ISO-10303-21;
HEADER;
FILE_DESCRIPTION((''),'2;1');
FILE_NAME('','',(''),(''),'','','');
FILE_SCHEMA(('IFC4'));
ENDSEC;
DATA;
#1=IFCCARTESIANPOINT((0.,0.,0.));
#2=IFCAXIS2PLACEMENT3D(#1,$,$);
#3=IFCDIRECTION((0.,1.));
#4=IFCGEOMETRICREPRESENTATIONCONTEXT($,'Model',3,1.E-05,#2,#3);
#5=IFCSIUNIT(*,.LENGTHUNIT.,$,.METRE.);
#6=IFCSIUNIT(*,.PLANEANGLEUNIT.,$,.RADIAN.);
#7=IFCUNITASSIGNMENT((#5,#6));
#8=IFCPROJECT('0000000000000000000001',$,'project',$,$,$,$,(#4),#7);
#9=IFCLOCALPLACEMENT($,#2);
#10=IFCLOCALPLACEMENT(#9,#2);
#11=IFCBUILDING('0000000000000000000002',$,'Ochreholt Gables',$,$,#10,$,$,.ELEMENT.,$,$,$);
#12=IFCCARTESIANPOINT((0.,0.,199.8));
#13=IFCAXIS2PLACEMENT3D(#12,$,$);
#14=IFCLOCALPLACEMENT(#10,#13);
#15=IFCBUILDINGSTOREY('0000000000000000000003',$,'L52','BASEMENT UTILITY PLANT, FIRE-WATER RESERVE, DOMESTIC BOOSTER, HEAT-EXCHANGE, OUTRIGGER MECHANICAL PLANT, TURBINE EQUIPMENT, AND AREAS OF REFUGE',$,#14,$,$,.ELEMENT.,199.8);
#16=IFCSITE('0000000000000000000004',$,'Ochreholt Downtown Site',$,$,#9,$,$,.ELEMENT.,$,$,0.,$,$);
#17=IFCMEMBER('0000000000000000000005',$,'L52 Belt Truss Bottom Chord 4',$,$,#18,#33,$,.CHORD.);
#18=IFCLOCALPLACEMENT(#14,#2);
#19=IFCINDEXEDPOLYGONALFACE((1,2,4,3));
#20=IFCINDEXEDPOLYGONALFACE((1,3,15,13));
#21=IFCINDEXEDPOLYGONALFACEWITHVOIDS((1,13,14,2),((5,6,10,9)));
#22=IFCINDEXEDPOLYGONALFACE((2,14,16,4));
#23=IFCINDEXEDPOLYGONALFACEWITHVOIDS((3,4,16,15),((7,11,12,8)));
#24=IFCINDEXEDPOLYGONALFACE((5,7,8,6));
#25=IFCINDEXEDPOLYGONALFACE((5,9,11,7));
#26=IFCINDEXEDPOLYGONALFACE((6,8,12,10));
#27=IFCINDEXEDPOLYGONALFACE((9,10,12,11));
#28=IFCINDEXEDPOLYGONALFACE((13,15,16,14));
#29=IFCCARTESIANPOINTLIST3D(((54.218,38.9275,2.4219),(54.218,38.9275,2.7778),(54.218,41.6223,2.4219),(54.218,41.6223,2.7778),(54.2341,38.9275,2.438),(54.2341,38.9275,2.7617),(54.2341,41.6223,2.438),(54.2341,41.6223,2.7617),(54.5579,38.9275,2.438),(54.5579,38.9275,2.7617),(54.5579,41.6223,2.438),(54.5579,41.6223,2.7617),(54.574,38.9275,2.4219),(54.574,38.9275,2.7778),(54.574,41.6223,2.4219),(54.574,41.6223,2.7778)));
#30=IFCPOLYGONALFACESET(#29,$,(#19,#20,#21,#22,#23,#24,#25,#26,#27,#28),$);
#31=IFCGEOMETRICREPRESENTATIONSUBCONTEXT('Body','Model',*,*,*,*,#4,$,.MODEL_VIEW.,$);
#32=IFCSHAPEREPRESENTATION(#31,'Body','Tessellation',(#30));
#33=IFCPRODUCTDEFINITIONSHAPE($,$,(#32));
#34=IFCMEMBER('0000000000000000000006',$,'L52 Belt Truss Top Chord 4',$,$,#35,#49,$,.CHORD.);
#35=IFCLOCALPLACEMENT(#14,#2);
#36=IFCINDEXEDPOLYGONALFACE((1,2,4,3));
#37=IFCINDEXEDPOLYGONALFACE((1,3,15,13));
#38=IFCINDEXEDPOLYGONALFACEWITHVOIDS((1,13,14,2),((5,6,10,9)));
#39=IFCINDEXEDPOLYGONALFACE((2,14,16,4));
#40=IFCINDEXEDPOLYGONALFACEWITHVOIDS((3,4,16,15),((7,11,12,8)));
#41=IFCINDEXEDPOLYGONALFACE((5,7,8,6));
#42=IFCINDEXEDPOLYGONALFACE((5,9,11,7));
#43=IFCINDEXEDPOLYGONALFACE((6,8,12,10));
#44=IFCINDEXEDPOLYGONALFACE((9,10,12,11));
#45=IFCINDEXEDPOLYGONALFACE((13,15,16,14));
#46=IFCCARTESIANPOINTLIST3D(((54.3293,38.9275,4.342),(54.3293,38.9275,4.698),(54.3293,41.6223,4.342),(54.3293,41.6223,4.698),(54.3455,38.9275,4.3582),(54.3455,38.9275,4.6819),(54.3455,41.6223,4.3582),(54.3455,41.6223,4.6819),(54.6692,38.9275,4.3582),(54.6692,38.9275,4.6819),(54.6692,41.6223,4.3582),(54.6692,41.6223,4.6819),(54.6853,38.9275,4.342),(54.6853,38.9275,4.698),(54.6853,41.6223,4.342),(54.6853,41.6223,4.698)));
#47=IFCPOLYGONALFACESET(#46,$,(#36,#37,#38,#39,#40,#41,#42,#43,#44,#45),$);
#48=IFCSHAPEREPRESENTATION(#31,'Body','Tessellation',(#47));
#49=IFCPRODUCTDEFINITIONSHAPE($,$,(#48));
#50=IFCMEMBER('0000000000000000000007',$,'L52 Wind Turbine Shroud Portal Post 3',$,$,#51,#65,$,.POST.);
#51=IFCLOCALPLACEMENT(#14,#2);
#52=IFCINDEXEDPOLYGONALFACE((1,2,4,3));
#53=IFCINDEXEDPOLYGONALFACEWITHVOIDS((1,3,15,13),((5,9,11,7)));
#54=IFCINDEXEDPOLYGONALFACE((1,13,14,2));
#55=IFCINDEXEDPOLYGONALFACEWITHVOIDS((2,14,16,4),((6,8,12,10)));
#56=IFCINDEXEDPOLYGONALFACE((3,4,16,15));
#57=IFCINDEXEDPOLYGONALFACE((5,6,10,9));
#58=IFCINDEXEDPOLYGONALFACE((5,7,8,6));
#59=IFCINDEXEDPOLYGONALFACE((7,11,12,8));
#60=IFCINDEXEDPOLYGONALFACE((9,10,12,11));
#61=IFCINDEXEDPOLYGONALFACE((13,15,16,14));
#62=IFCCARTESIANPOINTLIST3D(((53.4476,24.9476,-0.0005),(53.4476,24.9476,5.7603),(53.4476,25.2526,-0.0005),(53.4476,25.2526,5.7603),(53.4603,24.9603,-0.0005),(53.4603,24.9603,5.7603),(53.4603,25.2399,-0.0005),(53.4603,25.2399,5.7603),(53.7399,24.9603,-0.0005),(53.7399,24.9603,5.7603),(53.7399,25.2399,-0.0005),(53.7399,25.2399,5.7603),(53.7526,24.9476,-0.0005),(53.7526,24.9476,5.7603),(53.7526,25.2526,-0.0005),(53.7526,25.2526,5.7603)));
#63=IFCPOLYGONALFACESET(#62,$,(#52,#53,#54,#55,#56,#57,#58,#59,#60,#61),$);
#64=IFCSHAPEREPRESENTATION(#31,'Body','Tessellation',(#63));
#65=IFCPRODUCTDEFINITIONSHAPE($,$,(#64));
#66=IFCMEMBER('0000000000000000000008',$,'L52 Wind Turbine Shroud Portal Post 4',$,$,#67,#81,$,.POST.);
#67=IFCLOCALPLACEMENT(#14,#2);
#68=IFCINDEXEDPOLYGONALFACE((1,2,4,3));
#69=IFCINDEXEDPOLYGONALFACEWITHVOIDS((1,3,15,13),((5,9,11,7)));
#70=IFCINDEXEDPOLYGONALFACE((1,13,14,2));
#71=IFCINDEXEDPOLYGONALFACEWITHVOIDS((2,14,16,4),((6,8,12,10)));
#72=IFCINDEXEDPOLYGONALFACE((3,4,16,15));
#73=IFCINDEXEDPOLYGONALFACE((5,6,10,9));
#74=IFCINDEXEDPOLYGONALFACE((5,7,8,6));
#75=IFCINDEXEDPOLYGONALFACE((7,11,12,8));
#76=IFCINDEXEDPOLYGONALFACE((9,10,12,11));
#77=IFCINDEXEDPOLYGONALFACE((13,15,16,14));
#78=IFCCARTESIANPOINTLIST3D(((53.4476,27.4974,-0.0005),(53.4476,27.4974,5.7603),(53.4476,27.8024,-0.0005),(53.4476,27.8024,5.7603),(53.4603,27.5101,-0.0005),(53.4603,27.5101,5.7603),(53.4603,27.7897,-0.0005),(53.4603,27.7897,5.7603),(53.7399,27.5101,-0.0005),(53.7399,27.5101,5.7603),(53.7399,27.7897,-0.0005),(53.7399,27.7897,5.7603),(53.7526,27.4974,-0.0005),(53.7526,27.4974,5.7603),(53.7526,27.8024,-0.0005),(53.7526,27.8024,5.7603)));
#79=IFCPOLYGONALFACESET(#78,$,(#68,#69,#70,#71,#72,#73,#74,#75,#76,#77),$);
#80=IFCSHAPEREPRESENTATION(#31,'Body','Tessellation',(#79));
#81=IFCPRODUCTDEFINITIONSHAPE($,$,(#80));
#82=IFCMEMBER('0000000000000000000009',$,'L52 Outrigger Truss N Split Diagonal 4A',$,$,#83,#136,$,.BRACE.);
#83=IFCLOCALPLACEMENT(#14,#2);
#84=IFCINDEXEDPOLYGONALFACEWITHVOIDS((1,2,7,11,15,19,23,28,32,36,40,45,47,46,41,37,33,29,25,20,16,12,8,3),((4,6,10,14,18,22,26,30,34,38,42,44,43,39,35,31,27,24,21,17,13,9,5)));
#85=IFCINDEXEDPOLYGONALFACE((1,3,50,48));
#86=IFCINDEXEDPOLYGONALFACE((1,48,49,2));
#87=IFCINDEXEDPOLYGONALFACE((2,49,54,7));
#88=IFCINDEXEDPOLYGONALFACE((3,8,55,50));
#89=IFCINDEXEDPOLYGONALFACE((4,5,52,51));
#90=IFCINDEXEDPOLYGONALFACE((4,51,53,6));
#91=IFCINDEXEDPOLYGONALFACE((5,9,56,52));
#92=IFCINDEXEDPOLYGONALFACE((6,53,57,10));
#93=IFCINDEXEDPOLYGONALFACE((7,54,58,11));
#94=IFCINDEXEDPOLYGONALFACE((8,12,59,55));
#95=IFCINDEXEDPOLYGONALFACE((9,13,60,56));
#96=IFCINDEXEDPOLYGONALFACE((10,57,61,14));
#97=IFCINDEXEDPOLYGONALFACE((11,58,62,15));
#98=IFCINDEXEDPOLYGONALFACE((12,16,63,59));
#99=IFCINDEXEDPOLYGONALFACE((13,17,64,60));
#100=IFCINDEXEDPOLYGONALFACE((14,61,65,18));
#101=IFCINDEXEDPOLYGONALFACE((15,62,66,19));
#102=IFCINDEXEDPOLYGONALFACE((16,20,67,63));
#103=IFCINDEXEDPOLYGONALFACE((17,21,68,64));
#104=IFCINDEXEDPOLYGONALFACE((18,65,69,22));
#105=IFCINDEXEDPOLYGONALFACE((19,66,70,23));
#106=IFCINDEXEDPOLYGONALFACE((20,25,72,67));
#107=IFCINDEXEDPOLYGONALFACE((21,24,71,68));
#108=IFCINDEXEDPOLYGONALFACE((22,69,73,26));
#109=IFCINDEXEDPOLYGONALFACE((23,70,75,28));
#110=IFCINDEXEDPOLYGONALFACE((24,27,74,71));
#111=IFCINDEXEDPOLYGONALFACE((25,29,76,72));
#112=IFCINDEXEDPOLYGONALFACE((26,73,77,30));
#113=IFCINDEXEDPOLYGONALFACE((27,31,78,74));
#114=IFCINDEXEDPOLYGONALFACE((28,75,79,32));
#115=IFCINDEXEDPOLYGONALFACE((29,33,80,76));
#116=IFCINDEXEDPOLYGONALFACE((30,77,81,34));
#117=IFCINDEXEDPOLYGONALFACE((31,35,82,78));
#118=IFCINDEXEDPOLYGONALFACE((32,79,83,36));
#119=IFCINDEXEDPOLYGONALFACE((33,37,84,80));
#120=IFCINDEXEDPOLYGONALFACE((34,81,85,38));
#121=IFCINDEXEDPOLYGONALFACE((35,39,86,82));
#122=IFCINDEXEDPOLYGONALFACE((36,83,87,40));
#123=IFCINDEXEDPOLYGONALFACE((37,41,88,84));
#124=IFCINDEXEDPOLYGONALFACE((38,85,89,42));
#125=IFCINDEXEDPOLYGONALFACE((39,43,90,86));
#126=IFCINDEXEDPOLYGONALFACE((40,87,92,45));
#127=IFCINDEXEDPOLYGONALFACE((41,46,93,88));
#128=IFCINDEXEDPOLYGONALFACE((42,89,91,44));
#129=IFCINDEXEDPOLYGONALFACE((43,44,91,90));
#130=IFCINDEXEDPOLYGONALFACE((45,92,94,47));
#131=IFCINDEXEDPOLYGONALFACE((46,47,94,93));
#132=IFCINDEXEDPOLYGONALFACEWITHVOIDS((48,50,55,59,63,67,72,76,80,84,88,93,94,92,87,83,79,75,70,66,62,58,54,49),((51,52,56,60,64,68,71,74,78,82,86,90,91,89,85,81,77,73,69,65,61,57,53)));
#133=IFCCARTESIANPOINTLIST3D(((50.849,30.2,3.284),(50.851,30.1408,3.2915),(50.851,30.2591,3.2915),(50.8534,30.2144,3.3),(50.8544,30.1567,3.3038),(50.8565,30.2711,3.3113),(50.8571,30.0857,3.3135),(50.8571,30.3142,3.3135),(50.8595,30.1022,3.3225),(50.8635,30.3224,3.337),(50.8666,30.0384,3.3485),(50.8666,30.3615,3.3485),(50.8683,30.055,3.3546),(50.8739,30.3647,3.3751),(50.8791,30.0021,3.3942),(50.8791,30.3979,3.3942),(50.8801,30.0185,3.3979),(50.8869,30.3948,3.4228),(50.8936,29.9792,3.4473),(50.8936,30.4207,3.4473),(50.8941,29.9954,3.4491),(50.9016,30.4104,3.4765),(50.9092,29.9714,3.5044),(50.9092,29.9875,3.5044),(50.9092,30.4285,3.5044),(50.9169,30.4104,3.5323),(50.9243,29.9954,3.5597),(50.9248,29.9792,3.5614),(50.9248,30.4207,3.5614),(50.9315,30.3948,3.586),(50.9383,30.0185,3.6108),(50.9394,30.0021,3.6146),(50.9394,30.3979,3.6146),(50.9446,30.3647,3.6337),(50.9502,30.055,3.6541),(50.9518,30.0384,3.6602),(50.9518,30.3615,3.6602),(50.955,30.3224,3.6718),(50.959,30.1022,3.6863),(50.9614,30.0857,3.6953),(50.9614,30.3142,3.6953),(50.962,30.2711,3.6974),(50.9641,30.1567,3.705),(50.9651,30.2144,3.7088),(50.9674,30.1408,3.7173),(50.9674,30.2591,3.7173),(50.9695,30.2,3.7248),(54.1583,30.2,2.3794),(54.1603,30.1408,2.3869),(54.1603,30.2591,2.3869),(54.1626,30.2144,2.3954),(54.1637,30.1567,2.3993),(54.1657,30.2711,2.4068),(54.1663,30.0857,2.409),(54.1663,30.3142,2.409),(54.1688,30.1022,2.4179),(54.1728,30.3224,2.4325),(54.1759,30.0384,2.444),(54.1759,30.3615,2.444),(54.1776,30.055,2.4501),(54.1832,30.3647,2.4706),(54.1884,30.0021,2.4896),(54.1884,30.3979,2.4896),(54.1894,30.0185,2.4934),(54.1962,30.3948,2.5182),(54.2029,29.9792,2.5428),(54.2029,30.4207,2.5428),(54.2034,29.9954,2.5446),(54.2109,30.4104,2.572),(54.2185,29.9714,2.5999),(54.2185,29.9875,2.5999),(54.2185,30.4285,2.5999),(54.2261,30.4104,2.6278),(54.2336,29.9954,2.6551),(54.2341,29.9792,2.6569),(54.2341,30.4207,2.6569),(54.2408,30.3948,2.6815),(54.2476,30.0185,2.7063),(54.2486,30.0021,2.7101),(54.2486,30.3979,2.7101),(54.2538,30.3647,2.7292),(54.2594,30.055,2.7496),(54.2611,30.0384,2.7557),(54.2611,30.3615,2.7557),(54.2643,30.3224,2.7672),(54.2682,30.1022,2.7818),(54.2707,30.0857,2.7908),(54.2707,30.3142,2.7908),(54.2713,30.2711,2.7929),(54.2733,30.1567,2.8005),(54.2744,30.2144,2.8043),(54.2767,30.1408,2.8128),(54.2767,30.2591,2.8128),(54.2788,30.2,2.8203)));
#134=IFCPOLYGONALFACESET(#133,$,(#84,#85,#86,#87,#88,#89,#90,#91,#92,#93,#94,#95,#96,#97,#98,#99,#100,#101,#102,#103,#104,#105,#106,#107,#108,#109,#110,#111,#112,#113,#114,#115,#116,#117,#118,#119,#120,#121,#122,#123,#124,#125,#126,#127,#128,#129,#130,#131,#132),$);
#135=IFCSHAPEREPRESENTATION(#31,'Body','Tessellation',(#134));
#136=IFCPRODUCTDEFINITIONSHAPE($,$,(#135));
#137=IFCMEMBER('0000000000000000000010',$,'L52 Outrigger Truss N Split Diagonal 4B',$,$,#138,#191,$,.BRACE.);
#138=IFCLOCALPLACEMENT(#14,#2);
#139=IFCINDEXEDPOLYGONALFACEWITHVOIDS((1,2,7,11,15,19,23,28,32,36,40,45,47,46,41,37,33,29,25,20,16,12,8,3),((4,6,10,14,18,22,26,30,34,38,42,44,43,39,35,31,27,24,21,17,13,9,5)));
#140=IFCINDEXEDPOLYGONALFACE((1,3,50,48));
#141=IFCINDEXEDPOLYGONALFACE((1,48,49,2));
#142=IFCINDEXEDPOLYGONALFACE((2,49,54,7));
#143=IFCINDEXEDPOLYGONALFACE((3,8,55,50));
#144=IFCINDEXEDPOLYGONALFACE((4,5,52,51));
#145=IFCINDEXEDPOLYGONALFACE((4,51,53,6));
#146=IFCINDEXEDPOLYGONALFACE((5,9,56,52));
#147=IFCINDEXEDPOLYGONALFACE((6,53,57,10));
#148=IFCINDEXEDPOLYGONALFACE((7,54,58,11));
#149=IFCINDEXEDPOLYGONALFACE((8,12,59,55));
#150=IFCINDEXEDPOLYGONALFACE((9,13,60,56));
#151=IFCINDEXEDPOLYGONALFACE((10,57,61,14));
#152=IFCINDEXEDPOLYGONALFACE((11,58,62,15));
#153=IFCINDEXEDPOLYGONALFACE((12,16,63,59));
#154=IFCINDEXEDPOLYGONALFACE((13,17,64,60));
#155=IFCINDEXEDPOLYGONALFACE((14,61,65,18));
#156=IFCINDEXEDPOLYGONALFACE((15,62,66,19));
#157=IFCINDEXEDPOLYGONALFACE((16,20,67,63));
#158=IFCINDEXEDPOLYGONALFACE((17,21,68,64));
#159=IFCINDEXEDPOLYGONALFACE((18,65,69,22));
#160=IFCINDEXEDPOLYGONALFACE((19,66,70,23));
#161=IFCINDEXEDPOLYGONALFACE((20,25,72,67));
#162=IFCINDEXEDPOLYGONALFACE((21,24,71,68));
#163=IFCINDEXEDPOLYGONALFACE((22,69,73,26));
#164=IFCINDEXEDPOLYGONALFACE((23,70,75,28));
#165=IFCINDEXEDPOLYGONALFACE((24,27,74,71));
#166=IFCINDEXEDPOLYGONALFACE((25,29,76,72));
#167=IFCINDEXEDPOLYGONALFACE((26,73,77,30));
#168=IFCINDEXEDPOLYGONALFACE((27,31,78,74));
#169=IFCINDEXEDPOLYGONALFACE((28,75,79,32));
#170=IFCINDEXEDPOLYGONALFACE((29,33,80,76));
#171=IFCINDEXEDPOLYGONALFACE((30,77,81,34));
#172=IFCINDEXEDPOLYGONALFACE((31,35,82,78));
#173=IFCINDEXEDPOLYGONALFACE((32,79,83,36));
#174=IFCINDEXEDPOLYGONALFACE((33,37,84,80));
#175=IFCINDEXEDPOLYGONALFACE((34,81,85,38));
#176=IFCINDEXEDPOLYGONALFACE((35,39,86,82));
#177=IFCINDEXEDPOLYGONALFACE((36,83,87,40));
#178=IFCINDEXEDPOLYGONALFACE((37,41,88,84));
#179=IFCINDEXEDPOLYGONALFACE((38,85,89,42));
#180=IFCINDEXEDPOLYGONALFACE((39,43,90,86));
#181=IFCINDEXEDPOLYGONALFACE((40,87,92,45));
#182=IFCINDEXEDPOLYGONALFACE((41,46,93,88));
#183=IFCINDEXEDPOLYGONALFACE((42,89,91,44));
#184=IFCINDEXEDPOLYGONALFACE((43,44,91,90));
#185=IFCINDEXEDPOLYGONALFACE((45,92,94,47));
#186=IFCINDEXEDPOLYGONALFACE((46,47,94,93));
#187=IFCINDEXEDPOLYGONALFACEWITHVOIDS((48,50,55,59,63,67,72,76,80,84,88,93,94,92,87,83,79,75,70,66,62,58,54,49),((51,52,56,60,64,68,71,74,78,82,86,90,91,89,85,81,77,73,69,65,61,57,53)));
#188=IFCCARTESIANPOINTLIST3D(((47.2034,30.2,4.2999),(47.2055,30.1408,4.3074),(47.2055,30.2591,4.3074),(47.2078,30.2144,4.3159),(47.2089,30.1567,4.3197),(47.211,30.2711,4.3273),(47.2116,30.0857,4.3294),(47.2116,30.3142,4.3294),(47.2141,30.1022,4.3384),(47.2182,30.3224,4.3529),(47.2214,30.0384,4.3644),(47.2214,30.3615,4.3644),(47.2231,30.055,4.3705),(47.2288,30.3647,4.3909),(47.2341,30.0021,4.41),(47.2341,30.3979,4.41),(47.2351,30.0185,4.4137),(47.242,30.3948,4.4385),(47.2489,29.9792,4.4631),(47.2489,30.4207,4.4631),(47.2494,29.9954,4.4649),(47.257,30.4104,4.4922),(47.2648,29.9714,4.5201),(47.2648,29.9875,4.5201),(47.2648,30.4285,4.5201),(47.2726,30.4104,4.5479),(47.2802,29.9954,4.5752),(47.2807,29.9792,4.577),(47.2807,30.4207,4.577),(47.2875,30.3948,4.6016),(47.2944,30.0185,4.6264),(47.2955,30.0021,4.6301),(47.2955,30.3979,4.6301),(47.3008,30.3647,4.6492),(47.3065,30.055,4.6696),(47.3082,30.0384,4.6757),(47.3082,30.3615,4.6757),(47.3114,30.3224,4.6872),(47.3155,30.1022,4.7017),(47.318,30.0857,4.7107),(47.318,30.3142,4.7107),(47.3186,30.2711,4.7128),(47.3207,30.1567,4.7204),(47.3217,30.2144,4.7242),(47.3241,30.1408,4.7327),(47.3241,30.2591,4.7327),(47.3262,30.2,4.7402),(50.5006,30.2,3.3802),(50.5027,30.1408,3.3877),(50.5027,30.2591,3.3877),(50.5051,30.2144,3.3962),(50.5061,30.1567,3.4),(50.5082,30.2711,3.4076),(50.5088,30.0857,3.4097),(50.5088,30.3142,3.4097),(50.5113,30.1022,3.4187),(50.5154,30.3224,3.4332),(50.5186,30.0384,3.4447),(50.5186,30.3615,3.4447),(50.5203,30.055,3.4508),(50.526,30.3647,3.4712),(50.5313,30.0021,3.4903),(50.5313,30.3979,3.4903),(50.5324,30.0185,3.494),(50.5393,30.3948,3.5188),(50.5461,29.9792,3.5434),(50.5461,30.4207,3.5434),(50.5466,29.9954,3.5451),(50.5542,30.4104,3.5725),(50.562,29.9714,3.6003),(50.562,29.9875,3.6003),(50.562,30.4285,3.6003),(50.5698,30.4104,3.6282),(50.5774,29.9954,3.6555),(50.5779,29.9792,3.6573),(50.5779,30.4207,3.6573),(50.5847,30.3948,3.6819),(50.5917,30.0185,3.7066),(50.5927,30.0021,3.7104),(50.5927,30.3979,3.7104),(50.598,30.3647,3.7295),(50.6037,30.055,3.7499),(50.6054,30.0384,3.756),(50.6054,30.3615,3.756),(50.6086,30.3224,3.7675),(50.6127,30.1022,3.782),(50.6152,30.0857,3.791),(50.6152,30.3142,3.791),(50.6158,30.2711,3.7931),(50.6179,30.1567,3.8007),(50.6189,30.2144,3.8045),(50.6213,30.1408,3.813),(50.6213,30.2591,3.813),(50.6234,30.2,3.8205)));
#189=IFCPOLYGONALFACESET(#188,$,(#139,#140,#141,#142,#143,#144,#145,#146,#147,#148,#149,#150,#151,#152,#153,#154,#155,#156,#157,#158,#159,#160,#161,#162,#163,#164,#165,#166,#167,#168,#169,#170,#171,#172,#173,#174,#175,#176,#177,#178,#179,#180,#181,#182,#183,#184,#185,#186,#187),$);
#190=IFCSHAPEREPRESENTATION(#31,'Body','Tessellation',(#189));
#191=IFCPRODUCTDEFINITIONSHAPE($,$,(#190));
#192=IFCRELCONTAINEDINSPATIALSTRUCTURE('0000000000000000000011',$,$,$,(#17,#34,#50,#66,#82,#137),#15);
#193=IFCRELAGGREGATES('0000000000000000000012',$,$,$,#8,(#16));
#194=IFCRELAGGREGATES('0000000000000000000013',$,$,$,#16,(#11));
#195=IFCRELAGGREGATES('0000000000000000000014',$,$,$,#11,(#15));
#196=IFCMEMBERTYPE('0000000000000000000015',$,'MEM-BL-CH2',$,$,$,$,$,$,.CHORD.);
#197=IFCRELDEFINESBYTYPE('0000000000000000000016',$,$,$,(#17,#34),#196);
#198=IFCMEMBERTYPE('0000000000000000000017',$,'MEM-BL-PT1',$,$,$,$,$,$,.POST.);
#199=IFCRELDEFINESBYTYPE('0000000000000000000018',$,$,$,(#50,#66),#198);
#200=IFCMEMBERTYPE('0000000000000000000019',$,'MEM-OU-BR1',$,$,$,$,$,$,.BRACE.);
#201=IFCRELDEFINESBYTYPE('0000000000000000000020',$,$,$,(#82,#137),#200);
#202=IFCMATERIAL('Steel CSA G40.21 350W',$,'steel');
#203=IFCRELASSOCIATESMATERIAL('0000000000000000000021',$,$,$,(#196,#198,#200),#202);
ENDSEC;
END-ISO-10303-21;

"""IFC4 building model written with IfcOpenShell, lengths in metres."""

from ifc_helpers import new_model, si_unit, direction, frame, origin, origin_2d, place, context, subcontext, project, spatial, hollow_rectangle, hollow_circle, extrude, material, material_profile, profile_set, type_object, element, save


model = new_model("IFC4")

# Units and contexts
model_context = context("Model", 3, precision=1e-05, world=origin(), true_north=direction((0.0, 1.0)))
body_context = subcontext(model_context, "Body", "Model", "MODEL_VIEW")
ifc_project = project(units=[si_unit("LENGTHUNIT", "METRE"), si_unit("PLANEANGLEUNIT", "RADIAN")], contexts=[model_context])

# Site, building, storey
site_placement = place(None, origin())
site = spatial("IfcSite", under=ifc_project, at=site_placement, Name="Ochreholt Downtown Site", CompositionType="ELEMENT", RefElevation=0.0)
building_placement = place(site_placement, origin())
building = spatial("IfcBuilding", under=site, at=building_placement, Name="Ochreholt Gables", CompositionType="ELEMENT")
storey_placement = place(building_placement, frame((0.0, 0.0, 199.8)))
storey = spatial("IfcBuildingStorey", under=building, at=storey_placement, Name="L52", Description="BASEMENT UTILITY PLANT, FIRE-WATER RESERVE, DOMESTIC BOOSTER, HEAT-EXCHANGE, OUTRIGGER MECHANICAL PLANT, TURBINE EQUIPMENT, AND AREAS OF REFUGE", CompositionType="ELEMENT", Elevation=199.8)

# Shared definitions
ifc_material_1 = material(Name="Steel CSA G40.21 350W", Category="steel")

# Members
ifc_material_profile_1 = material_profile(ifc_material_1, hollow_rectangle(XDim=0.356, YDim=0.356, WallThickness=0.0161, at=origin_2d()), Name="HSS356X356X16")
ifc_profile_set_1 = profile_set([ifc_material_profile_1], Name="Steel CSA G40.21 350W")
member_type_1 = type_object("IfcMemberType", Name="MEM-BL-CH2", PredefinedType="CHORD", material=ifc_profile_set_1)
for number, where, z_axis, x_axis, name in (
    (1, (54.396, 38.9275, 2.5999), (0.0, 1.0, 0.0), (-1.0, 0.0, 0.0), "L52 Belt Truss Bottom Chord 4"),
    (2, (54.5073, 38.9275, 4.52), (0.0, 1.0, 0.0), (-1.0, 0.0, 0.0), "L52 Belt Truss Top Chord 4"),
):
    element("IfcMember", number, at=place(storey_placement, frame(where, z_axis=z_axis, x_axis=x_axis)), inside=storey, type_object=member_type_1, Name=name, PredefinedType="CHORD", context=body_context, shape_type="SweptSolid", body=[
        extrude(hollow_rectangle(XDim=0.356, YDim=0.356, WallThickness=0.0161, at=origin_2d()), origin(), (0.0, 0.0, 1.0), 2.6948),
    ])
ifc_material_profile_2 = material_profile(ifc_material_1, hollow_rectangle(XDim=0.3049, YDim=0.3049, WallThickness=0.0127, at=origin_2d()), Name="HSS305X305X13")
ifc_profile_set_2 = profile_set([ifc_material_profile_2], Name="Steel CSA G40.21 350W")
member_type_2 = type_object("IfcMemberType", Name="MEM-BL-PT1", PredefinedType="POST", material=ifc_profile_set_2)
for number, where, z_axis, x_axis, name in (
    (3, (53.6001, 25.1001, -0.0005), (0.0, 0.0, 1.0), (1.0, 0.0, 0.0), "L52 Wind Turbine Shroud Portal Post 3"),
    (4, (53.6001, 27.6499, -0.0005), (0.0, 0.0, 1.0), (1.0, 0.0, 0.0), "L52 Wind Turbine Shroud Portal Post 4"),
):
    element("IfcMember", number, at=place(storey_placement, frame(where, z_axis=z_axis, x_axis=x_axis)), inside=storey, type_object=member_type_2, Name=name, PredefinedType="POST", context=body_context, shape_type="SweptSolid", body=[
        extrude(hollow_rectangle(XDim=0.3049, YDim=0.3049, WallThickness=0.0127, at=origin_2d()), origin(), (0.0, 0.0, 1.0), 5.7607),
    ])
ifc_material_profile_3 = material_profile(ifc_material_1, hollow_circle(Radius=0.2285, WallThickness=0.0161, at=origin_2d()), Name="CHS457X16")
ifc_profile_set_3 = profile_set([ifc_material_profile_3], Name="Steel CSA G40.21 350W")
member_type_3 = type_object("IfcMemberType", Name="MEM-OU-BR1", PredefinedType="BRACE", material=ifc_profile_set_3)
member_1_placement = place(storey_placement, frame((54.2185, 30.2, 2.5999), z_axis=(-0.964616, 0.0, 0.263659), x_axis=(0.0, -1.0, 0.0)))
element("IfcMember", 5, at=member_1_placement, inside=storey, type_object=member_type_3, Name="L52 Outrigger Truss N Split Diagonal 4A", PredefinedType="BRACE", context=body_context, shape_type="SweptSolid", body=[
    extrude(hollow_circle(Radius=0.2285, WallThickness=0.0161, at=origin_2d()), origin(), (0.0, 0.0, 1.0), 3.4307),
])
member_2_placement = place(storey_placement, frame((50.562, 30.2, 3.6003), z_axis=(-0.96323, 0.0, 0.268677), x_axis=(0.0, -1.0, 0.0)))
element("IfcMember", 6, at=member_2_placement, inside=storey, type_object=member_type_3, Name="L52 Outrigger Truss N Split Diagonal 4B", PredefinedType="BRACE", context=body_context, shape_type="SweptSolid", body=[
    extrude(hollow_circle(Radius=0.2285, WallThickness=0.0161, at=origin_2d()), origin(), (0.0, 0.0, 1.0), 3.4231),
])

save(model, "model.ifc")
